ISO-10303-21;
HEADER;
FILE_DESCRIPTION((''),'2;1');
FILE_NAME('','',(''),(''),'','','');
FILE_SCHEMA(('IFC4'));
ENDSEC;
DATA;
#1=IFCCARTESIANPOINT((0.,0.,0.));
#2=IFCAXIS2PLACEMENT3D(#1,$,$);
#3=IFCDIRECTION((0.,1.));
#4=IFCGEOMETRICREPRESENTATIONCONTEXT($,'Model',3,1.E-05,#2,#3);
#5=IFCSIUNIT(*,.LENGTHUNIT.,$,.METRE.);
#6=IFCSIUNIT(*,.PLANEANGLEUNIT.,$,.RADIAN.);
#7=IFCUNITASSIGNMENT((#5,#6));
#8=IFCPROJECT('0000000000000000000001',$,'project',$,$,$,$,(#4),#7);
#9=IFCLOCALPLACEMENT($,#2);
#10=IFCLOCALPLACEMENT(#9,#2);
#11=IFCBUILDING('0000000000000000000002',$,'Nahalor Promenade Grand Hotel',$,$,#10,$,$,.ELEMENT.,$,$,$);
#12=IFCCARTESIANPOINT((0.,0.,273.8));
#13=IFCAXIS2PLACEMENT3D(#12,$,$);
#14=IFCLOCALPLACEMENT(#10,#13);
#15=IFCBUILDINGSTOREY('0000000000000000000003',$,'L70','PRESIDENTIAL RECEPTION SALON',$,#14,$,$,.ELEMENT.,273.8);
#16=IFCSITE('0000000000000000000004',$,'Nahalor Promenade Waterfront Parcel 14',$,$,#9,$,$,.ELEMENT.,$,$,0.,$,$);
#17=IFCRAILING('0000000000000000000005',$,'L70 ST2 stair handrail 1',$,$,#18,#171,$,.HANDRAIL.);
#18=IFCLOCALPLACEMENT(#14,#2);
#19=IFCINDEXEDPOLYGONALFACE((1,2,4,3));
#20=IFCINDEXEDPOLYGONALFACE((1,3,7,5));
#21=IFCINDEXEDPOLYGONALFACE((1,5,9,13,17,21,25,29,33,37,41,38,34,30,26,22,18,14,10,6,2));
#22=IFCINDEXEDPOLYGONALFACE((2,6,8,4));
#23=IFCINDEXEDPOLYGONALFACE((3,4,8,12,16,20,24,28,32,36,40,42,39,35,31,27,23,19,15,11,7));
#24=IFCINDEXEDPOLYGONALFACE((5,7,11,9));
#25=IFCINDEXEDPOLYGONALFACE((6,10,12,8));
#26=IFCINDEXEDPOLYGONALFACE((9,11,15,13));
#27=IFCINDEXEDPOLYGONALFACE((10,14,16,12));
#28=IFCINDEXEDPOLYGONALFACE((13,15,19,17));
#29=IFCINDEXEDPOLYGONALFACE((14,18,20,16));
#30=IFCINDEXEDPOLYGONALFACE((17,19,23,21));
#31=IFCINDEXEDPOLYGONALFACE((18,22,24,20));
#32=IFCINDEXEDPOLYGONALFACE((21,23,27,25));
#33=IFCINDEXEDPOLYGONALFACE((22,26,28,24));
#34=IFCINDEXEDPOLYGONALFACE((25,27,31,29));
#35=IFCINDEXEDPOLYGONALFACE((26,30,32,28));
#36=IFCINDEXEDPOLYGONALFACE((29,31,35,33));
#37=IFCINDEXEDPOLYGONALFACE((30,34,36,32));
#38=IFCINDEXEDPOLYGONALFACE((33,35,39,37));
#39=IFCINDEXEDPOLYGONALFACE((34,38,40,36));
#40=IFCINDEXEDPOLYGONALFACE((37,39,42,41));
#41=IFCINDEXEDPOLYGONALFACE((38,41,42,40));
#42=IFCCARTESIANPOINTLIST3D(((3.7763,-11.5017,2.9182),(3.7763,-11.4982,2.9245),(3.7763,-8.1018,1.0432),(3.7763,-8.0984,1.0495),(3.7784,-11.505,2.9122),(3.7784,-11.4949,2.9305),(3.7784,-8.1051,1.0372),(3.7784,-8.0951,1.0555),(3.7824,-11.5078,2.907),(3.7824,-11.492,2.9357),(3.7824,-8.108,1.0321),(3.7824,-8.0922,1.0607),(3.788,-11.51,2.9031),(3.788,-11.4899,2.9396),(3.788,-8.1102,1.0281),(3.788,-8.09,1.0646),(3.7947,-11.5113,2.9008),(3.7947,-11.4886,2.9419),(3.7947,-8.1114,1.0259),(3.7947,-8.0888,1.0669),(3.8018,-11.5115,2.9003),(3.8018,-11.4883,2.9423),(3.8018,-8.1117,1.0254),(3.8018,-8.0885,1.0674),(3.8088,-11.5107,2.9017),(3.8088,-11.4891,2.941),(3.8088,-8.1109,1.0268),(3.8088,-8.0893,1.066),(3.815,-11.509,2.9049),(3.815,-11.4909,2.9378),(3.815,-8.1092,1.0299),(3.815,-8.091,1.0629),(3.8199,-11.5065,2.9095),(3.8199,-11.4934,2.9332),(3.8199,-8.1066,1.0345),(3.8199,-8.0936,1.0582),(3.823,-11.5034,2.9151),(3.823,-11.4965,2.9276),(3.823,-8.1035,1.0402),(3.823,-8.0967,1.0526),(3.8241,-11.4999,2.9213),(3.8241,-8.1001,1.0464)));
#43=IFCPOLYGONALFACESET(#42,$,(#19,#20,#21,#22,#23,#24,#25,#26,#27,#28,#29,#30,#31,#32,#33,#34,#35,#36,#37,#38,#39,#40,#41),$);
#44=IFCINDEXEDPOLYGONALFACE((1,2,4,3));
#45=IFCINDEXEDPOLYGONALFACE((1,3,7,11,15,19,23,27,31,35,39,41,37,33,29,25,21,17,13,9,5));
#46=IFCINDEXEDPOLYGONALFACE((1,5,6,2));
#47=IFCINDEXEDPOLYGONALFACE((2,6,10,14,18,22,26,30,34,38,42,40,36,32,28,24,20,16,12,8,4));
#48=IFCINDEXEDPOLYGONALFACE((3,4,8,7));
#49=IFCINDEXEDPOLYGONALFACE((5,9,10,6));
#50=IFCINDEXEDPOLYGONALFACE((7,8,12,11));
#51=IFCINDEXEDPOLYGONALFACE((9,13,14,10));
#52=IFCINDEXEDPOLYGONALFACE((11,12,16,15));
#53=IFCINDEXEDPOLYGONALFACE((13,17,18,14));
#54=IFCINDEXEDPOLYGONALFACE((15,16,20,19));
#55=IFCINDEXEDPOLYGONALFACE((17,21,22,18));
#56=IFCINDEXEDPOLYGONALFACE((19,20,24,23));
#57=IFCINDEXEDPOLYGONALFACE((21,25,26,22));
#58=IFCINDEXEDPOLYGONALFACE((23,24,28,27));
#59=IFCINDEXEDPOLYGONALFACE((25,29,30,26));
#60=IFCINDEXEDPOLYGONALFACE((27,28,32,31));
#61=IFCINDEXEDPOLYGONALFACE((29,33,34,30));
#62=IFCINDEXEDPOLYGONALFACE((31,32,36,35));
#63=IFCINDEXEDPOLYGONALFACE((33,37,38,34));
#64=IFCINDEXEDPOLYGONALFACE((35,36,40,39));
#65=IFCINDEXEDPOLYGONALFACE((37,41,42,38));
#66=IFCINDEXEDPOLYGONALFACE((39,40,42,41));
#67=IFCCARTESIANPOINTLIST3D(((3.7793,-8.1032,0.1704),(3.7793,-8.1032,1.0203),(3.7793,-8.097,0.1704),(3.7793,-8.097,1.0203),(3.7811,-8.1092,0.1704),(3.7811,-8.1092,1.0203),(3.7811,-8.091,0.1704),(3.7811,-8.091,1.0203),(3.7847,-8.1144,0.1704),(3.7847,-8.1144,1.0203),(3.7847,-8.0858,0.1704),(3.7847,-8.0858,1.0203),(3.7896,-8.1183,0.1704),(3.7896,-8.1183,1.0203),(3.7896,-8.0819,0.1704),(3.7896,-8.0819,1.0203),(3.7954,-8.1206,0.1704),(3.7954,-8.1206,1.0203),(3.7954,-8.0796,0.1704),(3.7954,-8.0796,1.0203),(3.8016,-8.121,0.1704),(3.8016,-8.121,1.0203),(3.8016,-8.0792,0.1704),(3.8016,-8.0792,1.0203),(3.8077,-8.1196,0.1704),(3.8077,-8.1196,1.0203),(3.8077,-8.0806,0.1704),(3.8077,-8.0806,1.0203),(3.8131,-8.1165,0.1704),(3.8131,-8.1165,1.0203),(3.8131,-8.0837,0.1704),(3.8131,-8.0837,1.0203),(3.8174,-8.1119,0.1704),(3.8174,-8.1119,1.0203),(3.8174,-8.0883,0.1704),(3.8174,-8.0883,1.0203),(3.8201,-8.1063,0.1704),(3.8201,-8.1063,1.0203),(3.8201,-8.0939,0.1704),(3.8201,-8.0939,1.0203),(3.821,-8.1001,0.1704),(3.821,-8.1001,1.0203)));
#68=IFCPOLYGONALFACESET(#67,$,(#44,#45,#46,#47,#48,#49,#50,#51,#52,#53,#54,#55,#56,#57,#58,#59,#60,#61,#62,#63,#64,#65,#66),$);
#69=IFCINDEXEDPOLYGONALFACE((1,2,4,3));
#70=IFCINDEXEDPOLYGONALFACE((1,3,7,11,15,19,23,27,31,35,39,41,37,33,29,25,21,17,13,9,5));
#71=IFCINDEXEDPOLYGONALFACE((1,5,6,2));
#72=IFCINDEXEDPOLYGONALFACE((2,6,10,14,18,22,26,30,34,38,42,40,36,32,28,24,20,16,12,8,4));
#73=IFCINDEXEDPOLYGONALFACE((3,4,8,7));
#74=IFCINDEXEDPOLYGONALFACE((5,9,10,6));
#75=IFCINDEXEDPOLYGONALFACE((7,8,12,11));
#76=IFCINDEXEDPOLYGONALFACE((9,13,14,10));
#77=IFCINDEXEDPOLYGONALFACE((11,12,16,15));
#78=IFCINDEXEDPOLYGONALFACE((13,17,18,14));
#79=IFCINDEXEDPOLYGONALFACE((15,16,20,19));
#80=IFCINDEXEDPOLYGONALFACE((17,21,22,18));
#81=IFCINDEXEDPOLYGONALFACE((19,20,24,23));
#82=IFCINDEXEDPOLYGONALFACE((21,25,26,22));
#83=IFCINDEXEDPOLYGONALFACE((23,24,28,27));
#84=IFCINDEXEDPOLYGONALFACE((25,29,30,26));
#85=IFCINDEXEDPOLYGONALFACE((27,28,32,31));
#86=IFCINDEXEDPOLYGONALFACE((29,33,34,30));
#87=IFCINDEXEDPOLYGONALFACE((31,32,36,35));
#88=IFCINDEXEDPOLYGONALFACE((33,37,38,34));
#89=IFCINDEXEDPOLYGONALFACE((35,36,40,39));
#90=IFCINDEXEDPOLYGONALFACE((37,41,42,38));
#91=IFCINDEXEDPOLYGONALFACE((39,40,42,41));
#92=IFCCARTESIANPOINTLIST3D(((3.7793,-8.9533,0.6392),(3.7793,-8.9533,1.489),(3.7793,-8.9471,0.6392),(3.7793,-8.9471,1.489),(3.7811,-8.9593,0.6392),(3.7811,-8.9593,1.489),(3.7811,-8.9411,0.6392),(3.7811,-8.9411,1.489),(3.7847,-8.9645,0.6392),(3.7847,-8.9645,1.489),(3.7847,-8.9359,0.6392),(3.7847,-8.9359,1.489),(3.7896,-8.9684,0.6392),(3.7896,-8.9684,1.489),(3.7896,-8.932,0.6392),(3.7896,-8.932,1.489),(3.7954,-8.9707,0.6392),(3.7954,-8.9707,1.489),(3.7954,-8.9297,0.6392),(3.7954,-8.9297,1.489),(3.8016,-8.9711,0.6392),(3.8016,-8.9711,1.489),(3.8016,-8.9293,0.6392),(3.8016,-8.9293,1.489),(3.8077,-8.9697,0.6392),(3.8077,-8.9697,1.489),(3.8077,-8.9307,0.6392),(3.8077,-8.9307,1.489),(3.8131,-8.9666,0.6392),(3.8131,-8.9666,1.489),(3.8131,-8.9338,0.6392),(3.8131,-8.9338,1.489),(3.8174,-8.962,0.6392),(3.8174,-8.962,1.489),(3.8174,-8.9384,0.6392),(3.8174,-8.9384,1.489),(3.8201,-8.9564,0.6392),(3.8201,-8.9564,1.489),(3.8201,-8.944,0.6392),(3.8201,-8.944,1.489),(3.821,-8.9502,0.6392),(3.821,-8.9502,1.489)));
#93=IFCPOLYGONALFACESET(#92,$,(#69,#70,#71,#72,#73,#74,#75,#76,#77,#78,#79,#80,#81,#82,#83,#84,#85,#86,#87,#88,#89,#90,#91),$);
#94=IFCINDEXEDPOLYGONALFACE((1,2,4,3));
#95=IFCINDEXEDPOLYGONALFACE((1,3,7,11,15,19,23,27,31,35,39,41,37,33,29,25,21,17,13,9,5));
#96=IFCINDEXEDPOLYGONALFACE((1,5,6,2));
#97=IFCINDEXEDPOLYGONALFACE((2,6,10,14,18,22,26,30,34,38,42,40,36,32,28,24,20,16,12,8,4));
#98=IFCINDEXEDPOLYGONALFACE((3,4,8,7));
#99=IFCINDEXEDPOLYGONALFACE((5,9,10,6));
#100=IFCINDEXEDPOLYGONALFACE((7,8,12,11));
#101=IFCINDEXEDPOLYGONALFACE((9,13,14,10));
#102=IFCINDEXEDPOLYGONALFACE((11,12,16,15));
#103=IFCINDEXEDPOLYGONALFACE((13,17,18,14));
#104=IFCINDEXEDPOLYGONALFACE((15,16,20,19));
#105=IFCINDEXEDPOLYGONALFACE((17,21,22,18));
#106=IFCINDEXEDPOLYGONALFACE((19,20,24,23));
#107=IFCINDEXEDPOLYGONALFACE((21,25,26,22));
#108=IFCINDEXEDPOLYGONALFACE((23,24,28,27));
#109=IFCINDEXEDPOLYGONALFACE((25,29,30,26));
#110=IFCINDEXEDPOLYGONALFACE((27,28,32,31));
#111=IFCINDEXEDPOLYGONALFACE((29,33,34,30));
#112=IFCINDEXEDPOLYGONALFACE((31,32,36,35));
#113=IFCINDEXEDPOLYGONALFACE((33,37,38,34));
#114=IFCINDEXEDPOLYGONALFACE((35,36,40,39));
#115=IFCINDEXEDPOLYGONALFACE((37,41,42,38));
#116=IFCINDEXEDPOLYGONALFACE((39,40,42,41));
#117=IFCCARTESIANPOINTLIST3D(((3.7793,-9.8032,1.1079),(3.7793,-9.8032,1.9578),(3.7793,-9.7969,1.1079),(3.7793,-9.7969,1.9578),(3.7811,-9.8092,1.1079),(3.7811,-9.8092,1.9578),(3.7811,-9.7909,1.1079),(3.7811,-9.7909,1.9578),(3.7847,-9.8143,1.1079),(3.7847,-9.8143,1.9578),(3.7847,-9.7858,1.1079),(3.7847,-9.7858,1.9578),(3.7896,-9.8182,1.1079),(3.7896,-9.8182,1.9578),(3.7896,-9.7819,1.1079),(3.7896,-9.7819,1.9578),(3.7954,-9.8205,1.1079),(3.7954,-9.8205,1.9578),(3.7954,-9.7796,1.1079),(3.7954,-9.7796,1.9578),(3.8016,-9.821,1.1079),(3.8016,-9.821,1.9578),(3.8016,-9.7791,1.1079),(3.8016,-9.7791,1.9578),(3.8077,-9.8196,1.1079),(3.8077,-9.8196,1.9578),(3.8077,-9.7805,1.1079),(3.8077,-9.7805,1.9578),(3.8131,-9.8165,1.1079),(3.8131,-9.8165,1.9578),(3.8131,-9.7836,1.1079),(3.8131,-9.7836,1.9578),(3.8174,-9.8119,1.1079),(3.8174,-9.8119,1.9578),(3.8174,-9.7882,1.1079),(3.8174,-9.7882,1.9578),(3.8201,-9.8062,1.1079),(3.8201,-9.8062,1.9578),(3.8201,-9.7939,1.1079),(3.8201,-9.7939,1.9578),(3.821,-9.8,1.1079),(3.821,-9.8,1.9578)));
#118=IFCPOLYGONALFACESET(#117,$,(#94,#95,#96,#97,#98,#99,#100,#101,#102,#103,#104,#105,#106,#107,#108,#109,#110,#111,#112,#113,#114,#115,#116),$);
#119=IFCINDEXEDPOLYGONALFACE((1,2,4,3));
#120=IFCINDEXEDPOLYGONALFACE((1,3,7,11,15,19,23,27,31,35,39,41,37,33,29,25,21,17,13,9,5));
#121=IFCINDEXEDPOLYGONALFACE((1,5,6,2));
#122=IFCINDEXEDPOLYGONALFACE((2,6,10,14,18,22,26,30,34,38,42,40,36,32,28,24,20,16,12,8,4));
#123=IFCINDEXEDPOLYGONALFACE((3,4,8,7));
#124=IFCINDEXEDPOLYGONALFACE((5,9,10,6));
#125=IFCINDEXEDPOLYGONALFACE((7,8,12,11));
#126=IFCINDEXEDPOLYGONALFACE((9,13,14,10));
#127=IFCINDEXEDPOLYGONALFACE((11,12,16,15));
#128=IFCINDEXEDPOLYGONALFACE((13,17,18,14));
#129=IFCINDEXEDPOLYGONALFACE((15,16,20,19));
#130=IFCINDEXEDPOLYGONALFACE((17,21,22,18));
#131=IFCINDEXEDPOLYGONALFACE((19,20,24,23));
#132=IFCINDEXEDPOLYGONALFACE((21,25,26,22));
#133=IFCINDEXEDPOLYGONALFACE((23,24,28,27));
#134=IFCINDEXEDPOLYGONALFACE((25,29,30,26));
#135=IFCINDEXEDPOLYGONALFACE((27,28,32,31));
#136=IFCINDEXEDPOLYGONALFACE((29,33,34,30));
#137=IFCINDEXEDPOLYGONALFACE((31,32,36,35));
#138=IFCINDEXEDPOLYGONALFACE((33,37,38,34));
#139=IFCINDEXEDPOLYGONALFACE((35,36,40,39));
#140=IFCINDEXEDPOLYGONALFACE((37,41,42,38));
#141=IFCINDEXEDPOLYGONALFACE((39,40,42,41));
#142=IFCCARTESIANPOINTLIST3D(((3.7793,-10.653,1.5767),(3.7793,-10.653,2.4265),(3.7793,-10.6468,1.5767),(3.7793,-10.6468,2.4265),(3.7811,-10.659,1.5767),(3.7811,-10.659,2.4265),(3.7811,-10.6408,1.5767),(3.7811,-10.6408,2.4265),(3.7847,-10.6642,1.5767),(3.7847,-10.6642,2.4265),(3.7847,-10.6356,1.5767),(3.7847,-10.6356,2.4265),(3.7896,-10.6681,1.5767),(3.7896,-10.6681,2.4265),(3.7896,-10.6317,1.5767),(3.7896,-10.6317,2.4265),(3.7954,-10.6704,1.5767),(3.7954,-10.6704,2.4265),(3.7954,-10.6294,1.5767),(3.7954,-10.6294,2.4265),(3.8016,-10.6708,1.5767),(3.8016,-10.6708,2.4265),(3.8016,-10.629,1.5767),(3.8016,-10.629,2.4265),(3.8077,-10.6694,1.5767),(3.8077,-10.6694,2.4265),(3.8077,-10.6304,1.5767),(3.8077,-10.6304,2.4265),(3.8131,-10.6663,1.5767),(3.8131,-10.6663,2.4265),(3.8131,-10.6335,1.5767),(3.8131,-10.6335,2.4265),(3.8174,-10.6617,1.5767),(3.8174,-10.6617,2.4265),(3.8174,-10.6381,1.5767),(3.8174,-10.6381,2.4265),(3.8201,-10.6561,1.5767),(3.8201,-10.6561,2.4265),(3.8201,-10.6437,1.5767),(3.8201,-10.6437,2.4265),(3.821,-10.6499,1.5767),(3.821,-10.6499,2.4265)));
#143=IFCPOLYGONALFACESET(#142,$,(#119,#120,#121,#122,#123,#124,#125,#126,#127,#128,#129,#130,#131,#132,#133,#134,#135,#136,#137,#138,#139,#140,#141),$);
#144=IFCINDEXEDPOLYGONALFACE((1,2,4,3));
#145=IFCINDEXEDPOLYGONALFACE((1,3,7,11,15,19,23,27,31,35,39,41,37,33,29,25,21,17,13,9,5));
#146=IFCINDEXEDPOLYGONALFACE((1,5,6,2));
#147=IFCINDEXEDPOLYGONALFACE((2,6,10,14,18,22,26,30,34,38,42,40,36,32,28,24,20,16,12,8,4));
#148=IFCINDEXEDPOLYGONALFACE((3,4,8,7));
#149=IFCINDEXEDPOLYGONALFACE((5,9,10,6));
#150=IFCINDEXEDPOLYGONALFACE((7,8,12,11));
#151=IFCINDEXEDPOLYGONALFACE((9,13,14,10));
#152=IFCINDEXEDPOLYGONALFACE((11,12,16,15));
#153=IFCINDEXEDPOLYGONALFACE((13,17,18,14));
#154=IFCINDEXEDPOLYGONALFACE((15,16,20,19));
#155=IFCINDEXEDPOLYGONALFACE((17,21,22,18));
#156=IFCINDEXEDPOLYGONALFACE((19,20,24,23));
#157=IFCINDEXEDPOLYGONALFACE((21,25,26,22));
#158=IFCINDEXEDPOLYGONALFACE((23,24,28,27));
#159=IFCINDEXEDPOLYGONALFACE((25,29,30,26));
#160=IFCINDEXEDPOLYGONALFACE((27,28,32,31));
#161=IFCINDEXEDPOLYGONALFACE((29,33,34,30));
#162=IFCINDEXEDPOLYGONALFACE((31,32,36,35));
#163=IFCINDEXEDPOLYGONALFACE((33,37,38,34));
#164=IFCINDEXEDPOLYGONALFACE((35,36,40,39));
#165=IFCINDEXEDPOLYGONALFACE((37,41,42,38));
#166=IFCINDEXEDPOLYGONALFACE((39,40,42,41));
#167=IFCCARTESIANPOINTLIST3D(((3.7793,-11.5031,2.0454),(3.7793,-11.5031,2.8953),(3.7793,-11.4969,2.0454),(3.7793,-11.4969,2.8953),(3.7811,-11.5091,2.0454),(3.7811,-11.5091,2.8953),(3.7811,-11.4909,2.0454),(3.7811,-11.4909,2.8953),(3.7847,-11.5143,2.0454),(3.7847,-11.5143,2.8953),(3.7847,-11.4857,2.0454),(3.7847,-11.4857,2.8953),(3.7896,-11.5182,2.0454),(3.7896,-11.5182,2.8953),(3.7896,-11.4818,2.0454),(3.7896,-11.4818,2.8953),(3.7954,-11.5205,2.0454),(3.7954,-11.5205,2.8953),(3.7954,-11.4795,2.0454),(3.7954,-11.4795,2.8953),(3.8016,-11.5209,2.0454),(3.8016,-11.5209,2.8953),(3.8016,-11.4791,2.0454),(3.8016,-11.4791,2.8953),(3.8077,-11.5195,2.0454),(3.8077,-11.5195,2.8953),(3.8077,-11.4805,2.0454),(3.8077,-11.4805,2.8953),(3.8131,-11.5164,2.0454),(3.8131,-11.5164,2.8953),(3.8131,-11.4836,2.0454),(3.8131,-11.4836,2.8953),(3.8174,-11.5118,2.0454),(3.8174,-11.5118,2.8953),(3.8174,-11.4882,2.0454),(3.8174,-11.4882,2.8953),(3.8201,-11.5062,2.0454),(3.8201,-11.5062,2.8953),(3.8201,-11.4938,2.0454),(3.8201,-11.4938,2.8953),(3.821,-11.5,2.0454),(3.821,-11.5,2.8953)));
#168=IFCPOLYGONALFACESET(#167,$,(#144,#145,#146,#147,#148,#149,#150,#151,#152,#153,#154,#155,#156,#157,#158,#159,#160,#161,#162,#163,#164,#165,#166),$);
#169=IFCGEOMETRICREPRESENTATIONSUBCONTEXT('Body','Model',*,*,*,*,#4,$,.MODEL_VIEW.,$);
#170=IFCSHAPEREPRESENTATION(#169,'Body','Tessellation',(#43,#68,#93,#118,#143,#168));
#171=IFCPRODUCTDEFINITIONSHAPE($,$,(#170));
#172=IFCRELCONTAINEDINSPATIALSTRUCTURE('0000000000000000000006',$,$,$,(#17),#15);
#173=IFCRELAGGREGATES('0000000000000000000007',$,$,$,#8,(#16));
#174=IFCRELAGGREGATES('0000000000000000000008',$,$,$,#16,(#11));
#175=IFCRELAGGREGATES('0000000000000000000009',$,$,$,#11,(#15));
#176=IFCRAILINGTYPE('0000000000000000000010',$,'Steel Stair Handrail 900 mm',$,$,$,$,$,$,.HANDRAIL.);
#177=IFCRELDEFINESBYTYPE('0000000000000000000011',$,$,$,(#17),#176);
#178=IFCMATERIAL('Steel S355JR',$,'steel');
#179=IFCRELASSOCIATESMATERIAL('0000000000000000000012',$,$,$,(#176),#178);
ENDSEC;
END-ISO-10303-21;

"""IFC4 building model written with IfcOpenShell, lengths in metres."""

from ifc_helpers import new_model, si_unit, direction, frame, origin, origin_2d, place, context, subcontext, project, spatial, circle, extrude, material, type_object, element, save


model = new_model("IFC4")

# Units and contexts
model_context = context("Model", 3, precision=1e-05, world=origin(), true_north=direction((0.0, 1.0)))
body_context = subcontext(model_context, "Body", "Model", "MODEL_VIEW")
ifc_project = project(units=[si_unit("LENGTHUNIT", "METRE"), si_unit("PLANEANGLEUNIT", "RADIAN")], contexts=[model_context])

# Site, building, storey
site_placement = place(None, origin())
site = spatial("IfcSite", under=ifc_project, at=site_placement, Name="Nahalor Promenade Waterfront Parcel 14", CompositionType="ELEMENT", RefElevation=0.0)
building_placement = place(site_placement, origin())
building = spatial("IfcBuilding", under=site, at=building_placement, Name="Nahalor Promenade Grand Hotel", CompositionType="ELEMENT")
storey_placement = place(building_placement, frame((0.0, 0.0, 273.8)))
storey = spatial("IfcBuildingStorey", under=building, at=storey_placement, Name="L70", Description="PRESIDENTIAL RECEPTION SALON", CompositionType="ELEMENT", Elevation=273.8)

# Shared definitions
ifc_material_1 = material(Name="Steel S355JR", Category="steel")

# Railing
railing_type_1 = type_object("IfcRailingType", Name="Steel Stair Handrail 900 mm", PredefinedType="HANDRAIL", material=ifc_material_1)
railing_1_placement = place(storey_placement, frame((3.8, -8.1001, 0.1704)))
element("IfcRailing", 1, at=railing_1_placement, inside=storey, type_object=railing_type_1, Name="L70 ST2 stair handrail 1", PredefinedType="HANDRAIL", context=body_context, shape_type="SweptSolid", body=[
    extrude(circle(Radius=0.024, at=origin_2d()), frame((0.0, 0.0, 0.876), z_axis=(0.0, -0.875666, 0.482918), x_axis=(1.0, 0.0, 0.0)), (0.0, 0.0, 1.0), 3.8826),
    extrude(circle(Radius=0.021, at=origin_2d()), origin(), (0.0, 0.0, 1.0), 0.8499),
    extrude(circle(Radius=0.021, at=origin_2d()), frame((0.0, -0.8501, 0.4688)), (0.0, 0.0, 1.0), 0.8499),
    extrude(circle(Radius=0.021, at=origin_2d()), frame((0.0, -1.7, 0.9375)), (0.0, 0.0, 1.0), 0.8499),
    extrude(circle(Radius=0.021, at=origin_2d()), frame((0.0, -2.5498, 1.4062)), (0.0, 0.0, 1.0), 0.8499),
    extrude(circle(Radius=0.021, at=origin_2d()), frame((0.0, -3.3999, 1.875)), (0.0, 0.0, 1.0), 0.8499),
])

save(model, "model.ifc")
